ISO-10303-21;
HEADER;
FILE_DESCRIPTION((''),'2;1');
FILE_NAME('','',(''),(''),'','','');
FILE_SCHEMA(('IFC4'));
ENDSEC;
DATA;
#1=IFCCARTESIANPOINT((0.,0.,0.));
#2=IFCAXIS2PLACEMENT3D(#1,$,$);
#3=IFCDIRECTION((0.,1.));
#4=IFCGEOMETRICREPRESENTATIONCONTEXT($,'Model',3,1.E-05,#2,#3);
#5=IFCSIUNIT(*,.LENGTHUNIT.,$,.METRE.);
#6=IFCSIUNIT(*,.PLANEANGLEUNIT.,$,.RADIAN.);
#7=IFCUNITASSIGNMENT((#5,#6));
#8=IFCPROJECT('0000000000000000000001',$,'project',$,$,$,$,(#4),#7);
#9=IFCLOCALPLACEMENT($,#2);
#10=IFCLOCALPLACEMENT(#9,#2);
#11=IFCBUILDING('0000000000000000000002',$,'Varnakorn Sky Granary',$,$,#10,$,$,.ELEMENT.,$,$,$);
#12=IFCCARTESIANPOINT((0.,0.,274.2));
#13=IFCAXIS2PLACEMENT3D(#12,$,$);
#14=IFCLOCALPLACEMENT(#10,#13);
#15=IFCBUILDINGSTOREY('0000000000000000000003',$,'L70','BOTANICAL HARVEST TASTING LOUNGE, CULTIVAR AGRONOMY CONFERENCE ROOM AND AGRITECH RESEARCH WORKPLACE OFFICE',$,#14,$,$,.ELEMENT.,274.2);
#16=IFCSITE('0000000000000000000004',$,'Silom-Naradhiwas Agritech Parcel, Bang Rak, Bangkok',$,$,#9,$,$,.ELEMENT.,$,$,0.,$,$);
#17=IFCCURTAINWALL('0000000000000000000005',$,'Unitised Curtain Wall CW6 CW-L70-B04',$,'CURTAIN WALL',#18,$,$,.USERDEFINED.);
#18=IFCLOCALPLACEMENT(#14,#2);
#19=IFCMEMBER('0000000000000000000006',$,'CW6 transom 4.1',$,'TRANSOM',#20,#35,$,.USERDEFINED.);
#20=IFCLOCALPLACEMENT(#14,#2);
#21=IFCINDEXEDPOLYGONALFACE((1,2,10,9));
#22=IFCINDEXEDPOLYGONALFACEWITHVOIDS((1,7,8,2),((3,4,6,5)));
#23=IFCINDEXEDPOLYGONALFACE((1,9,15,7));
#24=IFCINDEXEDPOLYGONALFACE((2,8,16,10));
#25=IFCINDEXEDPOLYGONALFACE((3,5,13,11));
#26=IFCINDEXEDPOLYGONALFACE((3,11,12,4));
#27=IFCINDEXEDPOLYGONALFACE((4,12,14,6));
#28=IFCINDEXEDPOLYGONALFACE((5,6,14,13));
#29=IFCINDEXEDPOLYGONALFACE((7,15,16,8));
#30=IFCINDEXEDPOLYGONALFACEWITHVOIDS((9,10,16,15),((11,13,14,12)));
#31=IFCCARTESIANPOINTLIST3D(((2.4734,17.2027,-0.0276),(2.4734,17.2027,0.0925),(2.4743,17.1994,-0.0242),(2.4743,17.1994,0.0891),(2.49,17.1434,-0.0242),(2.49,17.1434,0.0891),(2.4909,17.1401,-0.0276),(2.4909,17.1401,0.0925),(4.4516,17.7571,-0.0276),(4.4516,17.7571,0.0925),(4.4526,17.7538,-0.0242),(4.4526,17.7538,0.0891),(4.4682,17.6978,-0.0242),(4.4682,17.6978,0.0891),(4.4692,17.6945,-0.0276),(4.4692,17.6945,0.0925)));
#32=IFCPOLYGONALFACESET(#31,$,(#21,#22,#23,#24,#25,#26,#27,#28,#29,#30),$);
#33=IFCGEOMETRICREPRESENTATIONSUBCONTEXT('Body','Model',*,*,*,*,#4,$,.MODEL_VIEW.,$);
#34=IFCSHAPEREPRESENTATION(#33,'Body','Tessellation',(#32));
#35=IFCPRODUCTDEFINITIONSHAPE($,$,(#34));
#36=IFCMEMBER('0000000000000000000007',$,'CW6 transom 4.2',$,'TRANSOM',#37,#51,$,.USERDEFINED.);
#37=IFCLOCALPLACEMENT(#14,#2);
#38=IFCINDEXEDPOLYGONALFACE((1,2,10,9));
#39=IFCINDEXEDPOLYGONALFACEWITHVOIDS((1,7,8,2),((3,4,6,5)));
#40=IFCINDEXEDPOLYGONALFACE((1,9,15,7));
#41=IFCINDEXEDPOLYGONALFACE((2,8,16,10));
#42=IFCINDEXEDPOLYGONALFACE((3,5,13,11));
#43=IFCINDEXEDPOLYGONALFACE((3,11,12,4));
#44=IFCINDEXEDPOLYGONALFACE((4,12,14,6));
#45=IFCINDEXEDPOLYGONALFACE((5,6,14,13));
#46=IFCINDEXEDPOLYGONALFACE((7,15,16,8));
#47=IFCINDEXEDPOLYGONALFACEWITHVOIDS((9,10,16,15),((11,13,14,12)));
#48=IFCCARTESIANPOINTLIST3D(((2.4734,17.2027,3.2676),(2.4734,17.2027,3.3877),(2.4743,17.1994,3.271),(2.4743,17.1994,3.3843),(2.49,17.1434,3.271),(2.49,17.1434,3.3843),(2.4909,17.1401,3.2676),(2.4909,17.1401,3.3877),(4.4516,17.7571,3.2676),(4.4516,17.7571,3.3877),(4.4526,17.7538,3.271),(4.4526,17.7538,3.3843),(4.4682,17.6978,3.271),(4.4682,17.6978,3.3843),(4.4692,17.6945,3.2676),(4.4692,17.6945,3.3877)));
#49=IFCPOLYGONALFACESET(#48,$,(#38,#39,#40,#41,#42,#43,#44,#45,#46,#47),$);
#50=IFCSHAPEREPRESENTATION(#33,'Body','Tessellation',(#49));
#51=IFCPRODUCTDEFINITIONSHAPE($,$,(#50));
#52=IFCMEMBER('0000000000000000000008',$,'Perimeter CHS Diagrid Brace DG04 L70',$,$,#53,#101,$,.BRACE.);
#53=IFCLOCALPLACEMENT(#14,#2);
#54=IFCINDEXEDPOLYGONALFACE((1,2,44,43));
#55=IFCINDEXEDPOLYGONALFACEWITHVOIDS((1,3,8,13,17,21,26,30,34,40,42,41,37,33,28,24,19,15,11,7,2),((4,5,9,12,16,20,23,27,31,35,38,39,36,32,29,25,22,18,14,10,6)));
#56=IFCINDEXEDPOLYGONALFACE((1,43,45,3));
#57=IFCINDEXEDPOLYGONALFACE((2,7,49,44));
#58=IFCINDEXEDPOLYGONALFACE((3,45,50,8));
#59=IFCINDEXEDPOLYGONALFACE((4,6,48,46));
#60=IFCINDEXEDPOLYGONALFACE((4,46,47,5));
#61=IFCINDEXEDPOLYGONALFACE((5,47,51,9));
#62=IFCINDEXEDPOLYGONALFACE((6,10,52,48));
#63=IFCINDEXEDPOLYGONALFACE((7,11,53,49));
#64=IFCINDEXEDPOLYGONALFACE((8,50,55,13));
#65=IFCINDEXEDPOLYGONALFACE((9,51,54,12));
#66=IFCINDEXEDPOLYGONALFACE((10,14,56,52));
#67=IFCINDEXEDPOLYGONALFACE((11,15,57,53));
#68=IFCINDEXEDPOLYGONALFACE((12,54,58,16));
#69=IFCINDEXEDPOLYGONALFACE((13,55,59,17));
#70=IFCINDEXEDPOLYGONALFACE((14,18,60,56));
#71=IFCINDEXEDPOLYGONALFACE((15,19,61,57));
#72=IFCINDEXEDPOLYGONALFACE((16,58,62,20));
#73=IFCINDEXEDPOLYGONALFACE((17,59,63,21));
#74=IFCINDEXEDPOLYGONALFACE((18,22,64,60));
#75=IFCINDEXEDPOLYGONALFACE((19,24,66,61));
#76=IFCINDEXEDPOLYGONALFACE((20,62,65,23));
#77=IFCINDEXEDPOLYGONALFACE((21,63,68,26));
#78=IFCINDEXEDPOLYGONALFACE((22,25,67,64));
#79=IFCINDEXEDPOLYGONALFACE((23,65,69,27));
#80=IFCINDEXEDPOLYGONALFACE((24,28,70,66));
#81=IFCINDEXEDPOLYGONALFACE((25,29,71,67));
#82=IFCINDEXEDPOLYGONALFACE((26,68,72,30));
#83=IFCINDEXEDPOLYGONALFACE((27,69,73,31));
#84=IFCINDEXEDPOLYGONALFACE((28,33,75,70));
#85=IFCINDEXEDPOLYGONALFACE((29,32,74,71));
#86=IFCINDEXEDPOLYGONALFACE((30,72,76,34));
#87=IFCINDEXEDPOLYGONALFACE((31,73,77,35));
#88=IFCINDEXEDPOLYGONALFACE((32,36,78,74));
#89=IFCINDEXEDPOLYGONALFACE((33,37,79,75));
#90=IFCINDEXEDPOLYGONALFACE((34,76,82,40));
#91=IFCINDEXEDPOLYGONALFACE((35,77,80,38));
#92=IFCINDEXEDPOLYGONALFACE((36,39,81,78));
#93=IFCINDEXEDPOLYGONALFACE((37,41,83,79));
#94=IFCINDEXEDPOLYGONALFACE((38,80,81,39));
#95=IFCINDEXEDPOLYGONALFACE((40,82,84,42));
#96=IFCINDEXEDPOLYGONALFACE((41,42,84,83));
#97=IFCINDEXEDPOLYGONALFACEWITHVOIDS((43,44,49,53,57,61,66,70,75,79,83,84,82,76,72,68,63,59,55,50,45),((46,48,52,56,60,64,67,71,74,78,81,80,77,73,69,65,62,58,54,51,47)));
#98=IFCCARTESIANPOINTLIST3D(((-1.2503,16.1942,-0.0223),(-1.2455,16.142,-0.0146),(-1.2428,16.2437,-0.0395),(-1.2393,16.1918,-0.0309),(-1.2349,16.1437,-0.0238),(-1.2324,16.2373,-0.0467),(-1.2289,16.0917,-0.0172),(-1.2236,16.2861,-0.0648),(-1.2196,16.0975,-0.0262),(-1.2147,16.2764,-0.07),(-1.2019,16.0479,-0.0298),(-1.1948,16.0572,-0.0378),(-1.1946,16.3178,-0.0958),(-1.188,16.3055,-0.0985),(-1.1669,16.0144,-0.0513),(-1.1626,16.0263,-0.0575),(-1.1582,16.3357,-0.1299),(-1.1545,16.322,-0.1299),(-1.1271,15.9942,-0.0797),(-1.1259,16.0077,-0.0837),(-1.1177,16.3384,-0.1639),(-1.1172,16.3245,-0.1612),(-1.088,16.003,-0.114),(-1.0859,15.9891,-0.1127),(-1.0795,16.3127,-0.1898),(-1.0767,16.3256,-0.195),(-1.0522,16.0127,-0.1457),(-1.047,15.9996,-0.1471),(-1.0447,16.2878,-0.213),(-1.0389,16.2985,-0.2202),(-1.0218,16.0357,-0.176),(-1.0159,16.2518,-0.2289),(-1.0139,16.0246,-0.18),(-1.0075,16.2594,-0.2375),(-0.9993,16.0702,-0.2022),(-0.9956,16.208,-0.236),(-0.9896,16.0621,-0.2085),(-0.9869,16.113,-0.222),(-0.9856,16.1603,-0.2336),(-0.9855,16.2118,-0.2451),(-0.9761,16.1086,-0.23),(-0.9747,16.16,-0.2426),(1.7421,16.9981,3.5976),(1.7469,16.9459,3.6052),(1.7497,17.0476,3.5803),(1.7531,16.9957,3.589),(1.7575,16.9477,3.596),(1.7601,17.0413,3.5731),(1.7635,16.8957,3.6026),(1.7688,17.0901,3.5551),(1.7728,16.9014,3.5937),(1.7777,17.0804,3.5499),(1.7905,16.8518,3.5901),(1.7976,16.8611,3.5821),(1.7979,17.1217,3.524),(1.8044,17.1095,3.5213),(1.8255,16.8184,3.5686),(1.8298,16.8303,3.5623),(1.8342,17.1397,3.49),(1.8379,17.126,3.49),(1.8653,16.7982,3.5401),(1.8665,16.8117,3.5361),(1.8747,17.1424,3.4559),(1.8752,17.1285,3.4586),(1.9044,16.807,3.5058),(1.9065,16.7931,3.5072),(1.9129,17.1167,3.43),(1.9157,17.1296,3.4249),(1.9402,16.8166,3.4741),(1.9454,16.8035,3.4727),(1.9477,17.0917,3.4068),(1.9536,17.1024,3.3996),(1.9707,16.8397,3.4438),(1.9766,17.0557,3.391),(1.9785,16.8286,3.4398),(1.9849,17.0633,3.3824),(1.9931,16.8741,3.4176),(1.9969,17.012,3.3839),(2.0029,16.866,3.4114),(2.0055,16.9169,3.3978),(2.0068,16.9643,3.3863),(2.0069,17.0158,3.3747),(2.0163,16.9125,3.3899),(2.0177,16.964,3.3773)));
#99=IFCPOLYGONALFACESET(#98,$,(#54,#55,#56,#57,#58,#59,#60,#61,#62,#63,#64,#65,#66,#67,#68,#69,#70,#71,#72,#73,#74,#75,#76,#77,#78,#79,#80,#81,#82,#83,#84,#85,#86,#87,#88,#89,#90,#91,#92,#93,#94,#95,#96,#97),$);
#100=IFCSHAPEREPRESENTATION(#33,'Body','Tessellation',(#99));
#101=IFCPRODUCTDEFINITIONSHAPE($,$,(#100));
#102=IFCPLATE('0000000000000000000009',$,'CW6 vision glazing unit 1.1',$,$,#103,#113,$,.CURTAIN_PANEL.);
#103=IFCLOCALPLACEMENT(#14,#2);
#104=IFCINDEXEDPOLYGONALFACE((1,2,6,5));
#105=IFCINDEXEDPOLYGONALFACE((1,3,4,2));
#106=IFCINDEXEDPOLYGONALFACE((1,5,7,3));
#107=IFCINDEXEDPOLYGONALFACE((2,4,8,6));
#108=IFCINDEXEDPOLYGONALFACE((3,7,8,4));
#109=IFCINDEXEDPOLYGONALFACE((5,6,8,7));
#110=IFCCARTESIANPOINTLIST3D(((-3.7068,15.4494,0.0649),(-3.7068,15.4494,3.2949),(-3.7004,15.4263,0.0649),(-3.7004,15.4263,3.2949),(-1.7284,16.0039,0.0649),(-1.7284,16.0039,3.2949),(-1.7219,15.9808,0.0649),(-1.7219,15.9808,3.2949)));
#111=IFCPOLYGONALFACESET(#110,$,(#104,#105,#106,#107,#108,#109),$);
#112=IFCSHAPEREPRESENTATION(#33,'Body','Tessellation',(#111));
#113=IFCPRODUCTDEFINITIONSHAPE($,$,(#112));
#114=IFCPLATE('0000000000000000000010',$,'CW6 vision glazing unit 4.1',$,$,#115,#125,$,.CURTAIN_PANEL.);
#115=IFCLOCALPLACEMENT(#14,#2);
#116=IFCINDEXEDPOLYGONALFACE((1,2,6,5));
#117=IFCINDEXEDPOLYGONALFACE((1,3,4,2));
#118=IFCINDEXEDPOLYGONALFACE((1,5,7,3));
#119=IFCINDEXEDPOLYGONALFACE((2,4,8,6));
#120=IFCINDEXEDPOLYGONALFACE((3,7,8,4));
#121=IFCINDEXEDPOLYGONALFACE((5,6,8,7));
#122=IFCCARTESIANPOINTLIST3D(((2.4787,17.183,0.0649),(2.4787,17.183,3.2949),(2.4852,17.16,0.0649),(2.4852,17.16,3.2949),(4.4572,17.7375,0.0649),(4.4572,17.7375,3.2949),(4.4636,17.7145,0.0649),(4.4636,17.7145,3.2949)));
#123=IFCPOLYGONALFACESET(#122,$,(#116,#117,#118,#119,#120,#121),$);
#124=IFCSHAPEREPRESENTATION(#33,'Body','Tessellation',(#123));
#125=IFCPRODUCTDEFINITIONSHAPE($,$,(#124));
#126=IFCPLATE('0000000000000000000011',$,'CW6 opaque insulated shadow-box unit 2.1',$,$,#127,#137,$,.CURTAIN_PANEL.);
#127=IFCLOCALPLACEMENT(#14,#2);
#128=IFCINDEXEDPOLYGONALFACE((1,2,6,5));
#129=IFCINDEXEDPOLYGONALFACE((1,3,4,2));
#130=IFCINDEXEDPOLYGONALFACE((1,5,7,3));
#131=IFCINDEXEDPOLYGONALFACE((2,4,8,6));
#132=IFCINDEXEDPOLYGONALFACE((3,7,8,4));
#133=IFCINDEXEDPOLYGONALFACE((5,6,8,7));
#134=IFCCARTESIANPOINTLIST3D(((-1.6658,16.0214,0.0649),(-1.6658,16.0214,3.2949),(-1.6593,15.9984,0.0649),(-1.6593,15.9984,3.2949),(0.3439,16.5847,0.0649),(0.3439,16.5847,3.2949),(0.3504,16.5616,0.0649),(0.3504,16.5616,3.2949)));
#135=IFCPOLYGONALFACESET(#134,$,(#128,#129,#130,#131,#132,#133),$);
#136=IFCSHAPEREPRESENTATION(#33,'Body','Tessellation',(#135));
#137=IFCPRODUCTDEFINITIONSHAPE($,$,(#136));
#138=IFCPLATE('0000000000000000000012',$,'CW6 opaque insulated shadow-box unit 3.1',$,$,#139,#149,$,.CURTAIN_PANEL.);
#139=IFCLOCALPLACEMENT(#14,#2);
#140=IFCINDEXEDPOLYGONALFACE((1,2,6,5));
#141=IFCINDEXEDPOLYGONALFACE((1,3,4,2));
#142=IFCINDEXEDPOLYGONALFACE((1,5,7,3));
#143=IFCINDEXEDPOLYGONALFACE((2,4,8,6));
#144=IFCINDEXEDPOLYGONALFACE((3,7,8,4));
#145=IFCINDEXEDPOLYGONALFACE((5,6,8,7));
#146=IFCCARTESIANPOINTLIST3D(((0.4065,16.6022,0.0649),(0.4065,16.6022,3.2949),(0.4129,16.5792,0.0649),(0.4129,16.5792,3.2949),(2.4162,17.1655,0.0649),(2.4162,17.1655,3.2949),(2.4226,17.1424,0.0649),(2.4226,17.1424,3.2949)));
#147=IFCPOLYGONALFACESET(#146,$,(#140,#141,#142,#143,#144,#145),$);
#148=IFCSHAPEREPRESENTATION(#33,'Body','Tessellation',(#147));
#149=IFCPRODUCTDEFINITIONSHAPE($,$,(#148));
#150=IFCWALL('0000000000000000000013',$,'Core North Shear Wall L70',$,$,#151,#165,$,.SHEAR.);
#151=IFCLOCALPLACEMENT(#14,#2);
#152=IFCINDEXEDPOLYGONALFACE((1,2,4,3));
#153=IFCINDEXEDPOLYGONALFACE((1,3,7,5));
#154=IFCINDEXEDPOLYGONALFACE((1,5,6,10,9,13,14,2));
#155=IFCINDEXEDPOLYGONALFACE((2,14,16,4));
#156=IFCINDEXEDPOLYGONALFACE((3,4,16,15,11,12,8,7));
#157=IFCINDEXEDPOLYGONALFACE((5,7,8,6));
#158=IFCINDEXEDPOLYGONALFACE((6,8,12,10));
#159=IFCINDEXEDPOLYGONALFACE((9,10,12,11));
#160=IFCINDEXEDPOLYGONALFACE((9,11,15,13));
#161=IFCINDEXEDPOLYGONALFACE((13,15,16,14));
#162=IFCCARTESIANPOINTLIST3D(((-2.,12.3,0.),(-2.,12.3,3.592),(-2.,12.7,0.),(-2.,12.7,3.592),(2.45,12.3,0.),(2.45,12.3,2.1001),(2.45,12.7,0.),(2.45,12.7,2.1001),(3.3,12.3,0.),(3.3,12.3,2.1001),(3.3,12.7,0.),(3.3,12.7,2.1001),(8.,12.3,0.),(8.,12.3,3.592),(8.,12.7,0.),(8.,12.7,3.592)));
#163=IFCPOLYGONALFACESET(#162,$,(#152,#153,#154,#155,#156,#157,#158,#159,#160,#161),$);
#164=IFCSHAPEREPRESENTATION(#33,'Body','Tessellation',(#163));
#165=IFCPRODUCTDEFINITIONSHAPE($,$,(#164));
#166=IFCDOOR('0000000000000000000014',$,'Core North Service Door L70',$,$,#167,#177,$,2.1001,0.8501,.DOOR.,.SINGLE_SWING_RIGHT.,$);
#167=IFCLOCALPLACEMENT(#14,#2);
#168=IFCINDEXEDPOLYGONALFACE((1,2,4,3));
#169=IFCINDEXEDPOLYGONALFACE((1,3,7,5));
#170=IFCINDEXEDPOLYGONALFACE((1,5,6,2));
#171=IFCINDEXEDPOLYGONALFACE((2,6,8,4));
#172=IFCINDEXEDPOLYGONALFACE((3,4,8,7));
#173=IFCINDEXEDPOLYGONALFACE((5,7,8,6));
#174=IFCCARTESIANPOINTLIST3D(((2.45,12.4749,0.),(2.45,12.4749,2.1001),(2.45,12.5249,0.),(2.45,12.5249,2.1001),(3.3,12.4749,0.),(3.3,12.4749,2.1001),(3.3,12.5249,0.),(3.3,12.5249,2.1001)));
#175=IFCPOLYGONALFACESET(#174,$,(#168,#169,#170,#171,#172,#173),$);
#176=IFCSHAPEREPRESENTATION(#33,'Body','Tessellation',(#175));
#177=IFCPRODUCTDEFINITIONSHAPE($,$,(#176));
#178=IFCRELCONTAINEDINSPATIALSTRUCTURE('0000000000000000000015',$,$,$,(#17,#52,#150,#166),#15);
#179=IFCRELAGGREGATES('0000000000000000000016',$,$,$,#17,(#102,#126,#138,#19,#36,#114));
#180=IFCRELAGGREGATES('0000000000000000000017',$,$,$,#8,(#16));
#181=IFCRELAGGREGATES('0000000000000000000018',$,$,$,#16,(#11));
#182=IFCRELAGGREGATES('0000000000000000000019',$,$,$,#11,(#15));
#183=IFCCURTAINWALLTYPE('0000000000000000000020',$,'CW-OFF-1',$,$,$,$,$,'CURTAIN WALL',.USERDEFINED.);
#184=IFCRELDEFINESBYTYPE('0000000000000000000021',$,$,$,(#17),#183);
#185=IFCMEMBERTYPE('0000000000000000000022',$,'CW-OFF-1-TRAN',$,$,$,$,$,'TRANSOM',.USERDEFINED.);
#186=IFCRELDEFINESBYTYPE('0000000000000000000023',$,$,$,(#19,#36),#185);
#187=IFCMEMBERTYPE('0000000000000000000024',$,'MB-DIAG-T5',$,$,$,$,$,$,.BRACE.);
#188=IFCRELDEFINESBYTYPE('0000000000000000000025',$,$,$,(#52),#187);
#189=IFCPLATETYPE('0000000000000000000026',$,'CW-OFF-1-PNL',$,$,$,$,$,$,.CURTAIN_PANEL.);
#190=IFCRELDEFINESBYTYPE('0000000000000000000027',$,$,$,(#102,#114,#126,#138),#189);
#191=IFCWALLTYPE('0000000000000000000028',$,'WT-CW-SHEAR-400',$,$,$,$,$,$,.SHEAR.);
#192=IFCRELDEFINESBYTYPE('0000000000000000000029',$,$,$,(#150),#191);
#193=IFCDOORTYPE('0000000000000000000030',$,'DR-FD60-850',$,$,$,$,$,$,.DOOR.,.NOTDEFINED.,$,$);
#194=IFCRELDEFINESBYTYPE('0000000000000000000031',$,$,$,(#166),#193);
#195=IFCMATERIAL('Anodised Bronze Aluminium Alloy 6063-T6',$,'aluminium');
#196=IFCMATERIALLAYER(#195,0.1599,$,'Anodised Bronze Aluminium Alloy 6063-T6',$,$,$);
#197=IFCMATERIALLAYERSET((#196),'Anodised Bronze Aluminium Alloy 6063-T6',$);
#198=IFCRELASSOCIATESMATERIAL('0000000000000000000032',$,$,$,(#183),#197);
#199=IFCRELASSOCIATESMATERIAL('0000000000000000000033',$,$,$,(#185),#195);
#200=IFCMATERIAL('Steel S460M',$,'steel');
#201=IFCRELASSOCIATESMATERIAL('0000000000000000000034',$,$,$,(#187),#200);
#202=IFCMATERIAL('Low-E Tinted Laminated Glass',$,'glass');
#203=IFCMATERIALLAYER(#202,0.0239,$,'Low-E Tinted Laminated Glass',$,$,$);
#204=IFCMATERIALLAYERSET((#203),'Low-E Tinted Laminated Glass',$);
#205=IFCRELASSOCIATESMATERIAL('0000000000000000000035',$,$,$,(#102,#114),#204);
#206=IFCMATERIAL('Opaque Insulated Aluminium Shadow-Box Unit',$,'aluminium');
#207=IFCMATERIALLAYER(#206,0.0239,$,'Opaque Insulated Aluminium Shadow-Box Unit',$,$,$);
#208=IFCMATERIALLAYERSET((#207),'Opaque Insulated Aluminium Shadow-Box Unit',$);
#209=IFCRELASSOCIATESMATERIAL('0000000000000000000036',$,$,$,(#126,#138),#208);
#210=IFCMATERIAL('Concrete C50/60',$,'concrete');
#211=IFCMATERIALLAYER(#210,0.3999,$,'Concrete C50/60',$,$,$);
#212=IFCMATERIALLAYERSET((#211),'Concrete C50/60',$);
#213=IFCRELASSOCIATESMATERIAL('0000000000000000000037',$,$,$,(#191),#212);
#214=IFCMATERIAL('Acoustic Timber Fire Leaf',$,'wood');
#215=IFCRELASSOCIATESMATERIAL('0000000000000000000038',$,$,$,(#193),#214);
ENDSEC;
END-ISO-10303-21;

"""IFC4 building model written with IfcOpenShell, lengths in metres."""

from ifc_helpers import new_model, si_unit, direction, frame, frame_2d, origin, origin_2d, place, context, subcontext, project, spatial, rectangle, hollow_rectangle, hollow_circle, extrude, source, transform, mapped, material, layer, layer_set, material_profile, profile_set, type_object, type_shapes, element, fill, aggregate, save


model = new_model("IFC4")

# Units and contexts
model_context = context("Model", 3, precision=1e-05, world=origin(), true_north=direction((0.0, 1.0)))
body_context = subcontext(model_context, "Body", "Model", "MODEL_VIEW")
ifc_project = project(units=[si_unit("LENGTHUNIT", "METRE"), si_unit("PLANEANGLEUNIT", "RADIAN")], contexts=[model_context])

# Site, building, storey
site_placement = place(None, origin())
site = spatial("IfcSite", under=ifc_project, at=site_placement, Name="Silom-Naradhiwas Agritech Parcel, Bang Rak, Bangkok", CompositionType="ELEMENT", RefElevation=0.0)
building_placement = place(site_placement, origin())
building = spatial("IfcBuilding", under=site, at=building_placement, Name="Varnakorn Sky Granary", CompositionType="ELEMENT")
storey_placement = place(building_placement, frame((0.0, 0.0, 274.2)))
storey = spatial("IfcBuildingStorey", under=building, at=storey_placement, Name="L70", Description="BOTANICAL HARVEST TASTING LOUNGE, CULTIVAR AGRONOMY CONFERENCE ROOM AND AGRITECH RESEARCH WORKPLACE OFFICE", CompositionType="ELEMENT", Elevation=274.2)

# Shared definitions
ifc_material_1 = material(Name="Concrete C50/60", Category="concrete")

# Curtain wall, members
ifc_material_2 = material(Name="Anodised Bronze Aluminium Alloy 6063-T6", Category="aluminium")
ifc_layer_1 = layer(ifc_material_2, 0.1599, Name="Anodised Bronze Aluminium Alloy 6063-T6")
ifc_layer_set_1 = layer_set([ifc_layer_1], Name="Anodised Bronze Aluminium Alloy 6063-T6")
curtain_wall_type = type_object("IfcCurtainWallType", Name="CW-OFF-1", ElementType="CURTAIN WALL", PredefinedType="USERDEFINED", material=ifc_layer_set_1)
curtain_wall_placement = place(storey_placement, origin())
curtain_wall = element("IfcCurtainWall", 1, at=curtain_wall_placement, inside=storey, type_object=curtain_wall_type, Name="Unitised Curtain Wall CW6 CW-L70-B04", ObjectType="CURTAIN WALL", PredefinedType="USERDEFINED")
ifc_material_profile_1 = material_profile(ifc_material_2, hollow_rectangle(XDim=0.0649, YDim=0.1201, WallThickness=0.0034, at=origin_2d()), Name="ALU TRAN 65x120")
ifc_profile_set_1 = profile_set([ifc_material_profile_1], Name="Anodised Bronze Aluminium Alloy 6063-T6")
member_type_1 = type_object("IfcMemberType", Name="CW-OFF-1-TRAN", ElementType="TRANSOM", PredefinedType="USERDEFINED", material=ifc_profile_set_1)
member_1_placement = place(storey_placement, frame((2.4822, 17.1714, 0.0325), z_axis=(0.962897, 0.269868, 0.0), x_axis=(-0.269868, 0.962897, 0.0)))
member_1 = element("IfcMember", 2, at=member_1_placement, type_object=member_type_1, Name="CW6 transom 4.1", ObjectType="TRANSOM", PredefinedType="USERDEFINED", context=body_context, shape_type="SweptSolid", body=[
    extrude(hollow_rectangle(XDim=0.0649, YDim=0.1201, WallThickness=0.0034, at=origin_2d()), origin(), (0.0, 0.0, 1.0), 2.0544),
])
member_2_placement = place(storey_placement, frame((2.4822, 17.1714, 3.3276), z_axis=(0.962897, 0.269868, 0.0), x_axis=(-0.269868, 0.962897, 0.0)))
member_2 = element("IfcMember", 3, at=member_2_placement, type_object=member_type_1, Name="CW6 transom 4.2", ObjectType="TRANSOM", PredefinedType="USERDEFINED", context=body_context, shape_type="SweptSolid", body=[
    extrude(hollow_rectangle(XDim=0.0649, YDim=0.1201, WallThickness=0.0034, at=origin_2d()), origin(), (0.0, 0.0, 1.0), 2.0544),
])

# Member
ifc_material_3 = material(Name="Steel S460M", Category="steel")
ifc_material_profile_2 = material_profile(ifc_material_3, hollow_circle(Radius=0.1777, WallThickness=0.0142, at=origin_2d()), Name="CHS 355.6x14")
ifc_profile_set_2 = profile_set([ifc_material_profile_2], Name="Steel S460M")
member_type_2 = type_object("IfcMemberType", Name="MB-DIAG-T5", PredefinedType="BRACE", material=ifc_profile_set_2)
member_3_placement = place(storey_placement, frame((-1.1121, 16.1641, -0.1299), z_axis=(0.628013, 0.168724, 0.759692), x_axis=(-0.259462, 0.965753, 0.0)))
element("IfcMember", 4, at=member_3_placement, inside=storey, type_object=member_type_2, Name="Perimeter CHS Diagrid Brace DG04 L70", PredefinedType="BRACE", context=body_context, shape_type="SweptSolid", body=[
    extrude(hollow_circle(Radius=0.1777, WallThickness=0.0142, at=origin_2d()), origin(), (0.0, 0.0, 1.0), 4.7649),
])

# Plates
ifc_material_4 = material(Name="Low-E Tinted Laminated Glass", Category="glass")
ifc_layer_2 = layer(ifc_material_4, 0.0239, Name="Low-E Tinted Laminated Glass")
ifc_layer_set_2 = layer_set([ifc_layer_2], Name="Low-E Tinted Laminated Glass")
plate_type = type_object("IfcPlateType", Name="CW-OFF-1-PNL", PredefinedType="CURTAIN_PANEL")
shared_shape_1 = source(origin(), body_context, "Body", "SweptSolid", [
    extrude(rectangle(XDim=2.0547, YDim=0.0239, at=origin_2d()), origin(), (0.0, 0.0, 1.0), 3.23),
])
plate_1_placement = place(storey_placement, frame((-2.7144, 15.7151, 0.0649), z_axis=(0.0, 0.0, 1.0), x_axis=(0.962897, 0.269869, 0.0)))
plate_1 = element("IfcPlate", 5, at=plate_1_placement, type_object=plate_type, material=ifc_layer_set_2, Name="CW6 vision glazing unit 1.1", PredefinedType="CURTAIN_PANEL", context=body_context, shape_type="MappedRepresentation", body=[
    mapped(shared_shape_1, transform((0.0, 0.0, 0.0), x_axis=(1.0, 0.0, 0.0), y_axis=(0.0, 1.0, 0.0), z_axis=(0.0, 0.0, 1.0), scale=1.0)),
])
plate_2_placement = place(storey_placement, frame((3.4712, 17.4487, 0.0649), z_axis=(0.0, 0.0, 1.0), x_axis=(0.962897, 0.269869, 0.0)))
plate_2 = element("IfcPlate", 6, at=plate_2_placement, type_object=plate_type, material=ifc_layer_set_2, Name="CW6 vision glazing unit 4.1", PredefinedType="CURTAIN_PANEL", context=body_context, shape_type="MappedRepresentation", body=[
    mapped(shared_shape_1, transform((0.0, 0.0, 0.0), x_axis=(1.0, 0.0, 0.0), y_axis=(0.0, 1.0, 0.0), z_axis=(0.0, 0.0, 1.0), scale=1.0)),
])
ifc_material_5 = material(Name="Opaque Insulated Aluminium Shadow-Box Unit", Category="aluminium")
ifc_layer_3 = layer(ifc_material_5, 0.0239, Name="Opaque Insulated Aluminium Shadow-Box Unit")
ifc_layer_set_3 = layer_set([ifc_layer_3], Name="Opaque Insulated Aluminium Shadow-Box Unit")
shared_shape_2 = source(origin(), body_context, "Body", "SweptSolid", [
    extrude(rectangle(XDim=2.0872, YDim=0.0239, at=origin_2d()), origin(), (0.0, 0.0, 1.0), 3.23),
])
type_shapes(plate_type, [shared_shape_1, shared_shape_2])
plate_3_placement = place(storey_placement, frame((-0.6577, 16.2915, 0.0649), z_axis=(0.0, 0.0, 1.0), x_axis=(0.962897, 0.269869, 0.0)))
plate_3 = element("IfcPlate", 7, at=plate_3_placement, type_object=plate_type, material=ifc_layer_set_3, Name="CW6 opaque insulated shadow-box unit 2.1", PredefinedType="CURTAIN_PANEL", context=body_context, shape_type="MappedRepresentation", body=[
    mapped(shared_shape_2, transform((0.0, 0.0, 0.0), x_axis=(1.0, 0.0, 0.0), y_axis=(0.0, 1.0, 0.0), z_axis=(0.0, 0.0, 1.0), scale=1.0)),
])
plate_4_placement = place(storey_placement, frame((1.4146, 16.8723, 0.0649), z_axis=(0.0, 0.0, 1.0), x_axis=(0.962897, 0.269869, 0.0)))
plate_4 = element("IfcPlate", 8, at=plate_4_placement, type_object=plate_type, material=ifc_layer_set_3, Name="CW6 opaque insulated shadow-box unit 3.1", PredefinedType="CURTAIN_PANEL", context=body_context, shape_type="MappedRepresentation", body=[
    mapped(shared_shape_2, transform((0.0, 0.0, 0.0), x_axis=(1.0, 0.0, 0.0), y_axis=(0.0, 1.0, 0.0), z_axis=(0.0, 0.0, 1.0), scale=1.0)),
])
aggregate(curtain_wall, [plate_1, plate_3, plate_4, member_1, member_2, plate_2])

# Wall, opening, door
ifc_layer_4 = layer(ifc_material_1, 0.3999, Name="Concrete C50/60")
ifc_layer_set_4 = layer_set([ifc_layer_4], Name="Concrete C50/60")
wall_type_1 = type_object("IfcWallType", Name="WT-CW-SHEAR-400", PredefinedType="SHEAR", material=ifc_layer_set_4)
wall_1_placement = place(storey_placement, frame((-2.0, 12.5, 0.0), z_axis=(0.0, 0.0, 1.0), x_axis=(1.0, 0.0, 0.0)))
wall_1 = element("IfcWall", 9, at=wall_1_placement, inside=storey, type_object=wall_type_1, Name="Core North Shear Wall L70", PredefinedType="SHEAR", context=body_context, shape_type="SweptSolid", body=[
    extrude(rectangle(XDim=10.0, YDim=0.3999, at=frame_2d((5.0, 0.0))), origin(), (0.0, 0.0, 1.0), 3.592),
])
opening_placement = place(wall_1_placement, frame((4.45, 0.0, 0.0)))
opening = element("IfcOpeningElement", 10, at=opening_placement, cuts=wall_1, PredefinedType="OPENING", context=body_context, shape_type="SweptSolid", body=[
    extrude(rectangle(XDim=0.8501, YDim=2.1001, at=frame_2d((0.425, 1.05))), frame((0.0, 0.21, 0.0), z_axis=(0.0, -1.0, 0.0), x_axis=(1.0, 0.0, 0.0)), (0.0, 0.0, 1.0), 0.4199),
])
ifc_material_6 = material(Name="Acoustic Timber Fire Leaf", Category="wood")
door_type = type_object("IfcDoorType", Name="DR-FD60-850", OperationType="NOTDEFINED", PredefinedType="DOOR", material=ifc_material_6)
door_placement = place(opening_placement, origin())
door = element("IfcDoor", 11, at=door_placement, inside=storey, type_object=door_type, Name="Core North Service Door L70", OperationType="SINGLE_SWING_RIGHT", OverallHeight=2.1001, OverallWidth=0.8501, PredefinedType="DOOR", context=body_context, shape_type="SweptSolid", body=[
    extrude(rectangle(XDim=0.8501, YDim=2.1001, at=frame_2d((0.425, 1.05))), frame((0.0, 0.0249, 0.0), z_axis=(0.0, -1.0, 0.0), x_axis=(1.0, 0.0, 0.0)), (0.0, 0.0, 1.0), 0.05),
])
fill(opening, door)

save(model, "model.ifc")
